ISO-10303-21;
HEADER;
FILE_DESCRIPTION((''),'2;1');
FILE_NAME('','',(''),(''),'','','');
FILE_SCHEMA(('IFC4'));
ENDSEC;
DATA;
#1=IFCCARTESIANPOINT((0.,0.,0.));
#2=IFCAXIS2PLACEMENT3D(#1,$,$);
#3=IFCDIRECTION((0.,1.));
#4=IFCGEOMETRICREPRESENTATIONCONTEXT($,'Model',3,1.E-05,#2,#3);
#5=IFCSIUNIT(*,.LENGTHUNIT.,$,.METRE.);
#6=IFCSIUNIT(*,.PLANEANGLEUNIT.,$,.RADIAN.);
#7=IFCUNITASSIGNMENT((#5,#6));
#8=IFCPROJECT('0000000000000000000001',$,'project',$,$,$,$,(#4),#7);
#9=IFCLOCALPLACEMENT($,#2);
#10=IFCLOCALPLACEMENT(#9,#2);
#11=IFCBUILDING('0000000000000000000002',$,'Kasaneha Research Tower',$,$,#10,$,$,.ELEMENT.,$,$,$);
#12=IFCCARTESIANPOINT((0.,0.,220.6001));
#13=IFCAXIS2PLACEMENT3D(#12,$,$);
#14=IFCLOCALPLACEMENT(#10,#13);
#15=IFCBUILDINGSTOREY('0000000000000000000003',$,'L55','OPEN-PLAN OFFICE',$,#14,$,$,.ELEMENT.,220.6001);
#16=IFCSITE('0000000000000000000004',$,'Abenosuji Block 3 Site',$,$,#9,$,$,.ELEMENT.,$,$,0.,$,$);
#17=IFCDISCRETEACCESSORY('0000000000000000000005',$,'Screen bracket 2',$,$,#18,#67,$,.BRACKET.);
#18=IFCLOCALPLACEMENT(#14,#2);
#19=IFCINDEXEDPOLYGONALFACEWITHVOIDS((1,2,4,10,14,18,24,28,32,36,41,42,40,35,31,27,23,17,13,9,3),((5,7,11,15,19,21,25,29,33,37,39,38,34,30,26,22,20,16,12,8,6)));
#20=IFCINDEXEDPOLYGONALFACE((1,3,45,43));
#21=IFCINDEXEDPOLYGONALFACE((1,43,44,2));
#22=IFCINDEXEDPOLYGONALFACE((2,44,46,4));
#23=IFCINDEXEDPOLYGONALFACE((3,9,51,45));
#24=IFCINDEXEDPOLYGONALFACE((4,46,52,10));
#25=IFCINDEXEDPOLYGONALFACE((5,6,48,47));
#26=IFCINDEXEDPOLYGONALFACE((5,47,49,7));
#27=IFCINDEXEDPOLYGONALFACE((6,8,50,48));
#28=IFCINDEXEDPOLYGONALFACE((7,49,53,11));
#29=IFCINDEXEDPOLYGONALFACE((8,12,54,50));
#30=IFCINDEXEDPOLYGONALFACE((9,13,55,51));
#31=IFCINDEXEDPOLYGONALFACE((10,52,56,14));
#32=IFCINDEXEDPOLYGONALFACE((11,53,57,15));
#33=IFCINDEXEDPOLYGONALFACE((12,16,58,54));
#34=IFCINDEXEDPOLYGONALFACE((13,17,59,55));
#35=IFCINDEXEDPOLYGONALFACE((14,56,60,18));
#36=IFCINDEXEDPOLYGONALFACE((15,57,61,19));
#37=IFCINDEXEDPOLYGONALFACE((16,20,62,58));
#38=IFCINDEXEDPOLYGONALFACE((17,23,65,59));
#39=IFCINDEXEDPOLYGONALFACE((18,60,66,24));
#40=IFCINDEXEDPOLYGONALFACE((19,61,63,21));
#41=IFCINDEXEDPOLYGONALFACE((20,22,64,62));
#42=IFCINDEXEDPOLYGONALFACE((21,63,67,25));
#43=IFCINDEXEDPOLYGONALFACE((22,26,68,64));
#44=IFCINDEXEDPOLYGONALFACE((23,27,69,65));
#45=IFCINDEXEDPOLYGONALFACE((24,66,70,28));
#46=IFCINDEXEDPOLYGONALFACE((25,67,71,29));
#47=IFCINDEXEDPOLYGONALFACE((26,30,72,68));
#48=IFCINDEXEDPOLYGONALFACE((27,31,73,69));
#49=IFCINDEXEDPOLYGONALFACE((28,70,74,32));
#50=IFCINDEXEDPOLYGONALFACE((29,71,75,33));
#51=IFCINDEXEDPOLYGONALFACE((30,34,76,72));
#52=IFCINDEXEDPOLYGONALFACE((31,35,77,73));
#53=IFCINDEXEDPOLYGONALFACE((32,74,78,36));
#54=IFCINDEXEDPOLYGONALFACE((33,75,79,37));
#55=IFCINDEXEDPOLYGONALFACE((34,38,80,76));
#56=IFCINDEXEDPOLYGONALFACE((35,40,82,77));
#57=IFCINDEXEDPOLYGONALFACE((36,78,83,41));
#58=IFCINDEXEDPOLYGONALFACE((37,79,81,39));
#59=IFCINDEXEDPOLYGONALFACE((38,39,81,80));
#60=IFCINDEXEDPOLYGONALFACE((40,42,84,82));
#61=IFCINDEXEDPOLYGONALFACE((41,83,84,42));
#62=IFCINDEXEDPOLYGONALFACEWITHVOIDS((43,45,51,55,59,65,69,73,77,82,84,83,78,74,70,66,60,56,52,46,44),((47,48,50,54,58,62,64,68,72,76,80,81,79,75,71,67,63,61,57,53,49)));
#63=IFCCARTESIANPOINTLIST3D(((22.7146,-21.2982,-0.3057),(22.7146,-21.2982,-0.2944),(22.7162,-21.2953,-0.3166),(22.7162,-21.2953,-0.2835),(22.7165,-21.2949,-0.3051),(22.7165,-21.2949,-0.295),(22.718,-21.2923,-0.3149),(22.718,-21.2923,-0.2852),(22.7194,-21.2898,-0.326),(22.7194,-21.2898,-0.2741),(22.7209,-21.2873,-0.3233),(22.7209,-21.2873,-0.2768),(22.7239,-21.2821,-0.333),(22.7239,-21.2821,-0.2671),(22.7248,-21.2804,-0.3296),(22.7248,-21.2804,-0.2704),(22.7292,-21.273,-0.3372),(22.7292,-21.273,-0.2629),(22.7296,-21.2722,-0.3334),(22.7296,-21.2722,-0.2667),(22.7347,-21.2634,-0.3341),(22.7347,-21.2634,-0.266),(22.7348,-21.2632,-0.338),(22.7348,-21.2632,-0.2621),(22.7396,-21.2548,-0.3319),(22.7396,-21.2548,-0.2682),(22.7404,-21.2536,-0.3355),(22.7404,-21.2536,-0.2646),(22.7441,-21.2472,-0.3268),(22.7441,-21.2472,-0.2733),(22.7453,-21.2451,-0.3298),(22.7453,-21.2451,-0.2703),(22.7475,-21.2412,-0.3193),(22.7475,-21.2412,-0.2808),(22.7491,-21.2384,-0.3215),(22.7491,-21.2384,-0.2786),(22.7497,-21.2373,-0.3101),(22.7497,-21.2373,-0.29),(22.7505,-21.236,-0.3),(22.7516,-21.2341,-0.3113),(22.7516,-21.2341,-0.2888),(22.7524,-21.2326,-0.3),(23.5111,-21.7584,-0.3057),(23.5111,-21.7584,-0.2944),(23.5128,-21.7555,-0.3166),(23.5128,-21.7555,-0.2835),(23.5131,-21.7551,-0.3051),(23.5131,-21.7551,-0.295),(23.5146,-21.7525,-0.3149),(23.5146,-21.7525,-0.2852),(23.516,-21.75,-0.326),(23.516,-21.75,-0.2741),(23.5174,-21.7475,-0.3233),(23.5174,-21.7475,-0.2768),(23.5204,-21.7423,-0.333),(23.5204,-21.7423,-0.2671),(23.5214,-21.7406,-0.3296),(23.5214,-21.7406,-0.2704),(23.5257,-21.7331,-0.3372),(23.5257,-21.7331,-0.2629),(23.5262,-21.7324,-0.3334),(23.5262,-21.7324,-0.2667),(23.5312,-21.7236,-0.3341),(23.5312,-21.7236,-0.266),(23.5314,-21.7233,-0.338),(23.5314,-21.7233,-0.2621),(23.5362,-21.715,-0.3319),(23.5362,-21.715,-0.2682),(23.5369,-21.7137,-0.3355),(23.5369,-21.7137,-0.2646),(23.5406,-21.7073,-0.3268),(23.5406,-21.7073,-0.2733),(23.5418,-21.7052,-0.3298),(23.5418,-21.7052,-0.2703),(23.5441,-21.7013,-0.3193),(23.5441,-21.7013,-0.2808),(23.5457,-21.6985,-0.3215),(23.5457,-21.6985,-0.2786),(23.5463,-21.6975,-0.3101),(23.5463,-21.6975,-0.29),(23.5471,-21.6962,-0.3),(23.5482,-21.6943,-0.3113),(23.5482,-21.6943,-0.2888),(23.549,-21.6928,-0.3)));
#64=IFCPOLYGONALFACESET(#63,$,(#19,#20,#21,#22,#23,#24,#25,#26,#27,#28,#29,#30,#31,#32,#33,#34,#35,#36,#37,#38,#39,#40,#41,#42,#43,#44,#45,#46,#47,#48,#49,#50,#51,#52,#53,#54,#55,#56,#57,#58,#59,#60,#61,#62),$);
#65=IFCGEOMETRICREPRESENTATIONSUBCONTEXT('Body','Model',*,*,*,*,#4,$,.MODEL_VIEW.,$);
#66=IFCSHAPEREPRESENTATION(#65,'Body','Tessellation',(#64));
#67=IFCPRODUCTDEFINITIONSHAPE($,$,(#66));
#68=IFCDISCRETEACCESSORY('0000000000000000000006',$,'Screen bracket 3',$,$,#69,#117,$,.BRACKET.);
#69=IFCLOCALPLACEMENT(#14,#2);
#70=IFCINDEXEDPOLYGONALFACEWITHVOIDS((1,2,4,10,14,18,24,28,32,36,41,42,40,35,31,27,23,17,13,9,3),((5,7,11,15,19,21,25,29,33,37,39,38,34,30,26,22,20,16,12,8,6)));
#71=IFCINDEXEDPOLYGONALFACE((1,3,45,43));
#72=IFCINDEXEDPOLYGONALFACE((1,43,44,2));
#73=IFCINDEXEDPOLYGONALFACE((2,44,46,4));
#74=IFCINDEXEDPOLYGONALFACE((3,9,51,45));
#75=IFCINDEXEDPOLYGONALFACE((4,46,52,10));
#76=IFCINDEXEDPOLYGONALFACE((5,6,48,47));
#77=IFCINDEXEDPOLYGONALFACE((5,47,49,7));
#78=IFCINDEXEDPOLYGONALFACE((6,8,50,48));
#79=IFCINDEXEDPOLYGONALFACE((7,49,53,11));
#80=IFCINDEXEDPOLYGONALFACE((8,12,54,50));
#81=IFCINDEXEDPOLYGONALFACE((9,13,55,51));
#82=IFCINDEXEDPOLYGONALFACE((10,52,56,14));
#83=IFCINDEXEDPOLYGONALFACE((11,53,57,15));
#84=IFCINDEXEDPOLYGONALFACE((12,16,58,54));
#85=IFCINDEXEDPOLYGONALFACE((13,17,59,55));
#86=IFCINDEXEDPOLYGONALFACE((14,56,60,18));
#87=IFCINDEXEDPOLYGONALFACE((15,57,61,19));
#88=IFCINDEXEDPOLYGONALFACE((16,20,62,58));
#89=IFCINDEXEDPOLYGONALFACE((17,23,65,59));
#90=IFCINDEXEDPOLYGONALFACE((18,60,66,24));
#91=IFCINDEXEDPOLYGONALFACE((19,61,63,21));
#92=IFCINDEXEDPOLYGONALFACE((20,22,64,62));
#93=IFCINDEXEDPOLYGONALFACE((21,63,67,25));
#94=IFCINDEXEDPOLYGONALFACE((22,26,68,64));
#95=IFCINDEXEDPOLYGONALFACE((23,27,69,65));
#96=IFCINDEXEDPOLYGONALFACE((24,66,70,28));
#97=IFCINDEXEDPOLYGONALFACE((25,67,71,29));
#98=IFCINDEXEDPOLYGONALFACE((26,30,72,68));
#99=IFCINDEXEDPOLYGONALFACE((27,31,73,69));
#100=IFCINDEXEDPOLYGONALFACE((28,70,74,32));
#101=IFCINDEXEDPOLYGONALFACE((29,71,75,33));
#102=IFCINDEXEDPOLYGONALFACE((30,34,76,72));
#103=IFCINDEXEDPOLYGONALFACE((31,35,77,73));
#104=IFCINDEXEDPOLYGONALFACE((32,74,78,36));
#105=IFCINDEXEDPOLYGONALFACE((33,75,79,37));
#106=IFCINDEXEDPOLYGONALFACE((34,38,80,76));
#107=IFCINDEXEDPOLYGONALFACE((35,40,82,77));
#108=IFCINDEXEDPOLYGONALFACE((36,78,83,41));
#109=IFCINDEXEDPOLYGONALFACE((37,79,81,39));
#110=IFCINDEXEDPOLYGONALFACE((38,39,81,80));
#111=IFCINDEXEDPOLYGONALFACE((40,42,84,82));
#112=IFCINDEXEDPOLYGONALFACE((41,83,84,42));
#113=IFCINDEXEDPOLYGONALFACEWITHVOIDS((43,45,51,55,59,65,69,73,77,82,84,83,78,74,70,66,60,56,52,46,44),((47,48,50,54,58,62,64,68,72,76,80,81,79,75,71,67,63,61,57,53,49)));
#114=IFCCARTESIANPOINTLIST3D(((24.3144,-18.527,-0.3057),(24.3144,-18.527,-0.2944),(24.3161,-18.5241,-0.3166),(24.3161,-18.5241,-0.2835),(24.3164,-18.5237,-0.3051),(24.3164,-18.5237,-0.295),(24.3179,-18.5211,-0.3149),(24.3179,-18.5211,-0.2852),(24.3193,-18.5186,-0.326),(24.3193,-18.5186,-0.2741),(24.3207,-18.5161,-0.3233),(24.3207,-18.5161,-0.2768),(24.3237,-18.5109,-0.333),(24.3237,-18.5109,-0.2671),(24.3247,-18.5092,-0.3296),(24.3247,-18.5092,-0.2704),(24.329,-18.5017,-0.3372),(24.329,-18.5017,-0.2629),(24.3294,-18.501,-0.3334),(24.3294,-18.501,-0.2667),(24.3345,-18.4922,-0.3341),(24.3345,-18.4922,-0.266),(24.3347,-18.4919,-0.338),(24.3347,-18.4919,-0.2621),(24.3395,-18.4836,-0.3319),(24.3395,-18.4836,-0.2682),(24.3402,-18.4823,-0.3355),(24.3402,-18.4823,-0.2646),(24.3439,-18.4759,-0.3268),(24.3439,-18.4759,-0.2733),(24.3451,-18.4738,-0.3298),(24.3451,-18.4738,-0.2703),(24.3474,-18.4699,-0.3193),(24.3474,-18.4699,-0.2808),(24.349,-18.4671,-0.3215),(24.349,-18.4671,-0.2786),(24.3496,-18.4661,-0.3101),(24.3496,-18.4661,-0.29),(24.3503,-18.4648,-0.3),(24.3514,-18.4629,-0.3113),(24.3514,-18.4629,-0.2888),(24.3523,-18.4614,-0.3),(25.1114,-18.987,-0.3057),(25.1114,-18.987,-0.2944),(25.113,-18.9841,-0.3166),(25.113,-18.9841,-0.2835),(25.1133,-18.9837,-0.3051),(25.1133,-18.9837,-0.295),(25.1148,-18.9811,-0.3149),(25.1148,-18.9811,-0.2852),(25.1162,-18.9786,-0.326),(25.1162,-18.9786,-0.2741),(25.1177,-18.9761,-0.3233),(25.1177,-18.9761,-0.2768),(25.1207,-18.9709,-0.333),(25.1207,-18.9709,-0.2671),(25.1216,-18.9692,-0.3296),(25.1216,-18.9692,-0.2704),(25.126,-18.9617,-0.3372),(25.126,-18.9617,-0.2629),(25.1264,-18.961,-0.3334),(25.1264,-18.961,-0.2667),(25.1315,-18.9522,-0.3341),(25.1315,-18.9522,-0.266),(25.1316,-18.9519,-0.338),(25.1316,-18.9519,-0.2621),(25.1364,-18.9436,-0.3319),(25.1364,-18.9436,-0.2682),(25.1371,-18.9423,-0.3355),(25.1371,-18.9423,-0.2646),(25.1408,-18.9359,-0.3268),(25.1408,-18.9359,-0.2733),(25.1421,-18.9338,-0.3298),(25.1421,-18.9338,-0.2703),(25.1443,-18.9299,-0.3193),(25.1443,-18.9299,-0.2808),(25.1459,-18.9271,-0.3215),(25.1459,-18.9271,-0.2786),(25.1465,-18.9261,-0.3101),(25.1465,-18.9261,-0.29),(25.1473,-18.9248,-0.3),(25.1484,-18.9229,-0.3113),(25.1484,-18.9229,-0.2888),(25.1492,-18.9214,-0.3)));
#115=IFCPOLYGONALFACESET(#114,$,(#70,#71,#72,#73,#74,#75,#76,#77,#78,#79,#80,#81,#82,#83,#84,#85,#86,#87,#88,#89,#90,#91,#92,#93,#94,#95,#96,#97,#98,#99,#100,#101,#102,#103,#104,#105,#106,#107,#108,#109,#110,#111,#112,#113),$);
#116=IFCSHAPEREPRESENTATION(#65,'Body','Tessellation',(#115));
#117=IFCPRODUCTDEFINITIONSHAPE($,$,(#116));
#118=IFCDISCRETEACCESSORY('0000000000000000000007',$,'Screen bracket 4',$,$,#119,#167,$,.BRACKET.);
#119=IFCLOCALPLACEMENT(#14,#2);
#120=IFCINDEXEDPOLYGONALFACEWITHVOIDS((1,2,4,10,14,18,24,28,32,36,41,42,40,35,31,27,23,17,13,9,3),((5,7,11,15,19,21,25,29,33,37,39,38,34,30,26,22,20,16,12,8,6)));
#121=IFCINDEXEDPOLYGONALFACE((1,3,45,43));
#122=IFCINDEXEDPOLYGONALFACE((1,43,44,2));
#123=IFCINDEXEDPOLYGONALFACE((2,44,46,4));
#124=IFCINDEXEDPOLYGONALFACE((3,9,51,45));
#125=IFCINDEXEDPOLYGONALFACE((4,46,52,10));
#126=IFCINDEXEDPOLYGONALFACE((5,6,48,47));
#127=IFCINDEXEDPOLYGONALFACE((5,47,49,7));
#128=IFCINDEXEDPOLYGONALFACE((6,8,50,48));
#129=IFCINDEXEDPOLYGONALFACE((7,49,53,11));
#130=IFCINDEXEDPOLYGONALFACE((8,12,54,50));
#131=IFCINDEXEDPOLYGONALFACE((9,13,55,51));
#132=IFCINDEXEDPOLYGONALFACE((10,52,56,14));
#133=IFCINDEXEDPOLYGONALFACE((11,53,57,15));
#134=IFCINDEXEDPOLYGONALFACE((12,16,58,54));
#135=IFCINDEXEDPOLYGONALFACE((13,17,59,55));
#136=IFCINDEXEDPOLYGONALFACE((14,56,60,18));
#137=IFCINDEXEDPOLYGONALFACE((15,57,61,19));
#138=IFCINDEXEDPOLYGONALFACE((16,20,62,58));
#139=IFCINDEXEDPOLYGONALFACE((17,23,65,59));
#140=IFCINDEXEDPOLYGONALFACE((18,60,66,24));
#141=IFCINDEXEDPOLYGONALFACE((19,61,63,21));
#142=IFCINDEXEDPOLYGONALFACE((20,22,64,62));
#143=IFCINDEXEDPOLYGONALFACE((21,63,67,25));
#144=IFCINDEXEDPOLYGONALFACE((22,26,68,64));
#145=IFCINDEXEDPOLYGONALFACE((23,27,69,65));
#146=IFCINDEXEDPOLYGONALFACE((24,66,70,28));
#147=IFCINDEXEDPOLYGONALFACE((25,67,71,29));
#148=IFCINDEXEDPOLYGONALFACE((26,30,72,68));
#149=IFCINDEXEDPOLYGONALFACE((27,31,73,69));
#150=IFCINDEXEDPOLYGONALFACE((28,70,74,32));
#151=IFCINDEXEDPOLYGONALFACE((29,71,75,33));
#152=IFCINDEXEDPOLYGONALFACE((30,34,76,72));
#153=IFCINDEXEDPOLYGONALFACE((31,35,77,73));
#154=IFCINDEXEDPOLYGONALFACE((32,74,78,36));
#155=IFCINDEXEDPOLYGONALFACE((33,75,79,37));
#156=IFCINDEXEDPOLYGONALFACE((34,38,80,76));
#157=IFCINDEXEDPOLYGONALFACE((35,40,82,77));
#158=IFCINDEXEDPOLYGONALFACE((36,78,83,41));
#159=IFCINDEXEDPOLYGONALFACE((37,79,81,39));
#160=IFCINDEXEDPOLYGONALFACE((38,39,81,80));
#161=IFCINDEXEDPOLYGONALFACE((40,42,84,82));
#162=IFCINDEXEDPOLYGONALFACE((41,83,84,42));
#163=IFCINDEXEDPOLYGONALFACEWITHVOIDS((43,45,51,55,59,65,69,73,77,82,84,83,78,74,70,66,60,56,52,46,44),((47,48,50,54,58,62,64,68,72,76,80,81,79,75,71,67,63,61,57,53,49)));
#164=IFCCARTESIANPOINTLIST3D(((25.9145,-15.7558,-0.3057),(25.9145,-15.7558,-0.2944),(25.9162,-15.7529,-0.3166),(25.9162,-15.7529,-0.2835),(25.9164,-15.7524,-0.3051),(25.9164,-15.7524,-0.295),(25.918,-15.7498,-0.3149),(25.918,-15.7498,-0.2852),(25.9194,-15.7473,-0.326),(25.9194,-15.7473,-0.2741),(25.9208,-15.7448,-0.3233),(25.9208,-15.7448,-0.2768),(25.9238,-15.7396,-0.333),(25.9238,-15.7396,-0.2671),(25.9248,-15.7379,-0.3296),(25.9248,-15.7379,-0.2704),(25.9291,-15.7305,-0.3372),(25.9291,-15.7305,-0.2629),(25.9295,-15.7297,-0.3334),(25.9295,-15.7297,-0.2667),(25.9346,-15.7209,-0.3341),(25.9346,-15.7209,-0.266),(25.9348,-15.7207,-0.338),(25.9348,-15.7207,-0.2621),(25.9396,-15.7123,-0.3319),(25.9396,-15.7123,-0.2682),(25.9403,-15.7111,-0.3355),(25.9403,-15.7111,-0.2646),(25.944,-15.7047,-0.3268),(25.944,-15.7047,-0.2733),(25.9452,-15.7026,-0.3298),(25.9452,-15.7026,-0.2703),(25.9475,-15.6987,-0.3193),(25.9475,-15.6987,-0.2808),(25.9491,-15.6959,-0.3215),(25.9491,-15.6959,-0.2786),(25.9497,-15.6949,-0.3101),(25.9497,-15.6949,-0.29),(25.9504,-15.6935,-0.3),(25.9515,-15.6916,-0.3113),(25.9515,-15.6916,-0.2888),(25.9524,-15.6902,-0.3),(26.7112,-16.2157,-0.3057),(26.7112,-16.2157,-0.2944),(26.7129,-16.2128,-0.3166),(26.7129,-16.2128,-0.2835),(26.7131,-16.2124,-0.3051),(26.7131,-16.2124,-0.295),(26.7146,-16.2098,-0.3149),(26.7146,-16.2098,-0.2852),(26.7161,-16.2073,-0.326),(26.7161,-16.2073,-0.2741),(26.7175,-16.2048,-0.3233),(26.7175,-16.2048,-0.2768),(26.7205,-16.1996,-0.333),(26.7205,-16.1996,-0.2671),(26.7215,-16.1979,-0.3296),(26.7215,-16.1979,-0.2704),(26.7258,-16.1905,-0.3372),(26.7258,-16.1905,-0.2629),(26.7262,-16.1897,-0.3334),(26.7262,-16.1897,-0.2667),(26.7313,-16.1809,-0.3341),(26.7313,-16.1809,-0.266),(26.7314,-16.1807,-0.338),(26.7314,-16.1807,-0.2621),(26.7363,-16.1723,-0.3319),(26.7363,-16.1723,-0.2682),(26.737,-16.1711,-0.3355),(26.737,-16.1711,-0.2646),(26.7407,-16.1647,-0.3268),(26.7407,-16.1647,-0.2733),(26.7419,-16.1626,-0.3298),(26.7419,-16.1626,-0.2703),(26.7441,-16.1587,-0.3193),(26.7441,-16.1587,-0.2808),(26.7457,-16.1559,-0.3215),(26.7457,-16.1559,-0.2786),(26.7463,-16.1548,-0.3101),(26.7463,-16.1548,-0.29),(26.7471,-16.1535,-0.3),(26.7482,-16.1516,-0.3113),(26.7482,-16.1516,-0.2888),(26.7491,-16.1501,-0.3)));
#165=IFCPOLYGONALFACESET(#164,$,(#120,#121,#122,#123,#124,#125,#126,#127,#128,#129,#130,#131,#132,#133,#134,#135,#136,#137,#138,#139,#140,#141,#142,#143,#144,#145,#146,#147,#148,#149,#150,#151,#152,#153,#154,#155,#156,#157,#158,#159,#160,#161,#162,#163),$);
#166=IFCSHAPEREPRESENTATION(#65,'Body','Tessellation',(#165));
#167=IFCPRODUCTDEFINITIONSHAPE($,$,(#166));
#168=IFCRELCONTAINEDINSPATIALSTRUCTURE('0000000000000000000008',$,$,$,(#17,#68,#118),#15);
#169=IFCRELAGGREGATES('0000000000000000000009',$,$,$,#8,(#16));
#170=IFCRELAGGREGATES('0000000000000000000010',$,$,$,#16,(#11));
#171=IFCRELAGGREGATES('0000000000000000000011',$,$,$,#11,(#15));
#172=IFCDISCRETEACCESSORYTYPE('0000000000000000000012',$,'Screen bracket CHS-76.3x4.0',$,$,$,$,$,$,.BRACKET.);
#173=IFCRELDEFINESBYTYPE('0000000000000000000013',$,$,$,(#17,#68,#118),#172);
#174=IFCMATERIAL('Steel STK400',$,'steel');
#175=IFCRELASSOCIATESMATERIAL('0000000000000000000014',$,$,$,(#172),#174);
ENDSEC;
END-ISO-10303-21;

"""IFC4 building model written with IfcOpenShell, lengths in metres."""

from ifc_helpers import new_model, si_unit, direction, frame, origin, origin_2d, place, context, subcontext, project, spatial, hollow_circle, extrude, material, material_profile, profile_set, type_object, element, save


model = new_model("IFC4")

# Units and contexts
model_context = context("Model", 3, precision=1e-05, world=origin(), true_north=direction((0.0, 1.0)))
body_context = subcontext(model_context, "Body", "Model", "MODEL_VIEW")
ifc_project = project(units=[si_unit("LENGTHUNIT", "METRE"), si_unit("PLANEANGLEUNIT", "RADIAN")], contexts=[model_context])

# Site, building, storey
site_placement = place(None, origin())
site = spatial("IfcSite", under=ifc_project, at=site_placement, Name="Abenosuji Block 3 Site", CompositionType="ELEMENT", RefElevation=0.0)
building_placement = place(site_placement, origin())
building = spatial("IfcBuilding", under=site, at=building_placement, Name="Kasaneha Research Tower", CompositionType="ELEMENT")
storey_placement = place(building_placement, frame((0.0, 0.0, 220.6001)))
storey = spatial("IfcBuildingStorey", under=building, at=storey_placement, Name="L55", Description="OPEN-PLAN OFFICE", CompositionType="ELEMENT", Elevation=220.6001)

# Discrete accessories
ifc_material_1 = material(Name="Steel STK400", Category="steel")
ifc_material_profile_1 = material_profile(ifc_material_1, hollow_circle(Radius=0.0381, WallThickness=0.0039, at=origin_2d()), Name="CHS-76.3x4.0")
ifc_profile_set_1 = profile_set([ifc_material_profile_1], Name="Steel STK400")
discrete_accessory_type = type_object("IfcDiscreteAccessoryType", Name="Screen bracket CHS-76.3x4.0", PredefinedType="BRACKET", material=ifc_profile_set_1)
discrete_accessory_1_placement = place(storey_placement, frame((22.7334, -21.2656, -0.3), z_axis=(0.865898, -0.50022, 0.0), x_axis=(0.50022, 0.865898, 0.0)))
element("IfcDiscreteAccessory", 1, at=discrete_accessory_1_placement, inside=storey, type_object=discrete_accessory_type, Name="Screen bracket 2", PredefinedType="BRACKET", context=body_context, shape_type="SweptSolid", body=[
    extrude(hollow_circle(Radius=0.0381, WallThickness=0.0039, at=origin_2d()), origin(), (0.0, 0.0, 1.0), 0.9199),
])
discrete_accessory_2_placement = place(storey_placement, frame((24.3333, -18.4944, -0.3), z_axis=(0.86608, -0.499906, 0.0), x_axis=(0.499906, 0.86608, 0.0)))
element("IfcDiscreteAccessory", 2, at=discrete_accessory_2_placement, inside=storey, type_object=discrete_accessory_type, Name="Screen bracket 3", PredefinedType="BRACKET", context=body_context, shape_type="SweptSolid", body=[
    extrude(hollow_circle(Radius=0.0381, WallThickness=0.0039, at=origin_2d()), origin(), (0.0, 0.0, 1.0), 0.9202),
])
discrete_accessory_3_placement = place(storey_placement, frame((25.9333, -15.7231, -0.3), z_axis=(0.866013, -0.500021, 0.0), x_axis=(0.500021, 0.866013, 0.0)))
element("IfcDiscreteAccessory", 3, at=discrete_accessory_3_placement, inside=storey, type_object=discrete_accessory_type, Name="Screen bracket 4", PredefinedType="BRACKET", context=body_context, shape_type="SweptSolid", body=[
    extrude(hollow_circle(Radius=0.0381, WallThickness=0.0039, at=origin_2d()), origin(), (0.0, 0.0, 1.0), 0.9199),
])

save(model, "model.ifc")
